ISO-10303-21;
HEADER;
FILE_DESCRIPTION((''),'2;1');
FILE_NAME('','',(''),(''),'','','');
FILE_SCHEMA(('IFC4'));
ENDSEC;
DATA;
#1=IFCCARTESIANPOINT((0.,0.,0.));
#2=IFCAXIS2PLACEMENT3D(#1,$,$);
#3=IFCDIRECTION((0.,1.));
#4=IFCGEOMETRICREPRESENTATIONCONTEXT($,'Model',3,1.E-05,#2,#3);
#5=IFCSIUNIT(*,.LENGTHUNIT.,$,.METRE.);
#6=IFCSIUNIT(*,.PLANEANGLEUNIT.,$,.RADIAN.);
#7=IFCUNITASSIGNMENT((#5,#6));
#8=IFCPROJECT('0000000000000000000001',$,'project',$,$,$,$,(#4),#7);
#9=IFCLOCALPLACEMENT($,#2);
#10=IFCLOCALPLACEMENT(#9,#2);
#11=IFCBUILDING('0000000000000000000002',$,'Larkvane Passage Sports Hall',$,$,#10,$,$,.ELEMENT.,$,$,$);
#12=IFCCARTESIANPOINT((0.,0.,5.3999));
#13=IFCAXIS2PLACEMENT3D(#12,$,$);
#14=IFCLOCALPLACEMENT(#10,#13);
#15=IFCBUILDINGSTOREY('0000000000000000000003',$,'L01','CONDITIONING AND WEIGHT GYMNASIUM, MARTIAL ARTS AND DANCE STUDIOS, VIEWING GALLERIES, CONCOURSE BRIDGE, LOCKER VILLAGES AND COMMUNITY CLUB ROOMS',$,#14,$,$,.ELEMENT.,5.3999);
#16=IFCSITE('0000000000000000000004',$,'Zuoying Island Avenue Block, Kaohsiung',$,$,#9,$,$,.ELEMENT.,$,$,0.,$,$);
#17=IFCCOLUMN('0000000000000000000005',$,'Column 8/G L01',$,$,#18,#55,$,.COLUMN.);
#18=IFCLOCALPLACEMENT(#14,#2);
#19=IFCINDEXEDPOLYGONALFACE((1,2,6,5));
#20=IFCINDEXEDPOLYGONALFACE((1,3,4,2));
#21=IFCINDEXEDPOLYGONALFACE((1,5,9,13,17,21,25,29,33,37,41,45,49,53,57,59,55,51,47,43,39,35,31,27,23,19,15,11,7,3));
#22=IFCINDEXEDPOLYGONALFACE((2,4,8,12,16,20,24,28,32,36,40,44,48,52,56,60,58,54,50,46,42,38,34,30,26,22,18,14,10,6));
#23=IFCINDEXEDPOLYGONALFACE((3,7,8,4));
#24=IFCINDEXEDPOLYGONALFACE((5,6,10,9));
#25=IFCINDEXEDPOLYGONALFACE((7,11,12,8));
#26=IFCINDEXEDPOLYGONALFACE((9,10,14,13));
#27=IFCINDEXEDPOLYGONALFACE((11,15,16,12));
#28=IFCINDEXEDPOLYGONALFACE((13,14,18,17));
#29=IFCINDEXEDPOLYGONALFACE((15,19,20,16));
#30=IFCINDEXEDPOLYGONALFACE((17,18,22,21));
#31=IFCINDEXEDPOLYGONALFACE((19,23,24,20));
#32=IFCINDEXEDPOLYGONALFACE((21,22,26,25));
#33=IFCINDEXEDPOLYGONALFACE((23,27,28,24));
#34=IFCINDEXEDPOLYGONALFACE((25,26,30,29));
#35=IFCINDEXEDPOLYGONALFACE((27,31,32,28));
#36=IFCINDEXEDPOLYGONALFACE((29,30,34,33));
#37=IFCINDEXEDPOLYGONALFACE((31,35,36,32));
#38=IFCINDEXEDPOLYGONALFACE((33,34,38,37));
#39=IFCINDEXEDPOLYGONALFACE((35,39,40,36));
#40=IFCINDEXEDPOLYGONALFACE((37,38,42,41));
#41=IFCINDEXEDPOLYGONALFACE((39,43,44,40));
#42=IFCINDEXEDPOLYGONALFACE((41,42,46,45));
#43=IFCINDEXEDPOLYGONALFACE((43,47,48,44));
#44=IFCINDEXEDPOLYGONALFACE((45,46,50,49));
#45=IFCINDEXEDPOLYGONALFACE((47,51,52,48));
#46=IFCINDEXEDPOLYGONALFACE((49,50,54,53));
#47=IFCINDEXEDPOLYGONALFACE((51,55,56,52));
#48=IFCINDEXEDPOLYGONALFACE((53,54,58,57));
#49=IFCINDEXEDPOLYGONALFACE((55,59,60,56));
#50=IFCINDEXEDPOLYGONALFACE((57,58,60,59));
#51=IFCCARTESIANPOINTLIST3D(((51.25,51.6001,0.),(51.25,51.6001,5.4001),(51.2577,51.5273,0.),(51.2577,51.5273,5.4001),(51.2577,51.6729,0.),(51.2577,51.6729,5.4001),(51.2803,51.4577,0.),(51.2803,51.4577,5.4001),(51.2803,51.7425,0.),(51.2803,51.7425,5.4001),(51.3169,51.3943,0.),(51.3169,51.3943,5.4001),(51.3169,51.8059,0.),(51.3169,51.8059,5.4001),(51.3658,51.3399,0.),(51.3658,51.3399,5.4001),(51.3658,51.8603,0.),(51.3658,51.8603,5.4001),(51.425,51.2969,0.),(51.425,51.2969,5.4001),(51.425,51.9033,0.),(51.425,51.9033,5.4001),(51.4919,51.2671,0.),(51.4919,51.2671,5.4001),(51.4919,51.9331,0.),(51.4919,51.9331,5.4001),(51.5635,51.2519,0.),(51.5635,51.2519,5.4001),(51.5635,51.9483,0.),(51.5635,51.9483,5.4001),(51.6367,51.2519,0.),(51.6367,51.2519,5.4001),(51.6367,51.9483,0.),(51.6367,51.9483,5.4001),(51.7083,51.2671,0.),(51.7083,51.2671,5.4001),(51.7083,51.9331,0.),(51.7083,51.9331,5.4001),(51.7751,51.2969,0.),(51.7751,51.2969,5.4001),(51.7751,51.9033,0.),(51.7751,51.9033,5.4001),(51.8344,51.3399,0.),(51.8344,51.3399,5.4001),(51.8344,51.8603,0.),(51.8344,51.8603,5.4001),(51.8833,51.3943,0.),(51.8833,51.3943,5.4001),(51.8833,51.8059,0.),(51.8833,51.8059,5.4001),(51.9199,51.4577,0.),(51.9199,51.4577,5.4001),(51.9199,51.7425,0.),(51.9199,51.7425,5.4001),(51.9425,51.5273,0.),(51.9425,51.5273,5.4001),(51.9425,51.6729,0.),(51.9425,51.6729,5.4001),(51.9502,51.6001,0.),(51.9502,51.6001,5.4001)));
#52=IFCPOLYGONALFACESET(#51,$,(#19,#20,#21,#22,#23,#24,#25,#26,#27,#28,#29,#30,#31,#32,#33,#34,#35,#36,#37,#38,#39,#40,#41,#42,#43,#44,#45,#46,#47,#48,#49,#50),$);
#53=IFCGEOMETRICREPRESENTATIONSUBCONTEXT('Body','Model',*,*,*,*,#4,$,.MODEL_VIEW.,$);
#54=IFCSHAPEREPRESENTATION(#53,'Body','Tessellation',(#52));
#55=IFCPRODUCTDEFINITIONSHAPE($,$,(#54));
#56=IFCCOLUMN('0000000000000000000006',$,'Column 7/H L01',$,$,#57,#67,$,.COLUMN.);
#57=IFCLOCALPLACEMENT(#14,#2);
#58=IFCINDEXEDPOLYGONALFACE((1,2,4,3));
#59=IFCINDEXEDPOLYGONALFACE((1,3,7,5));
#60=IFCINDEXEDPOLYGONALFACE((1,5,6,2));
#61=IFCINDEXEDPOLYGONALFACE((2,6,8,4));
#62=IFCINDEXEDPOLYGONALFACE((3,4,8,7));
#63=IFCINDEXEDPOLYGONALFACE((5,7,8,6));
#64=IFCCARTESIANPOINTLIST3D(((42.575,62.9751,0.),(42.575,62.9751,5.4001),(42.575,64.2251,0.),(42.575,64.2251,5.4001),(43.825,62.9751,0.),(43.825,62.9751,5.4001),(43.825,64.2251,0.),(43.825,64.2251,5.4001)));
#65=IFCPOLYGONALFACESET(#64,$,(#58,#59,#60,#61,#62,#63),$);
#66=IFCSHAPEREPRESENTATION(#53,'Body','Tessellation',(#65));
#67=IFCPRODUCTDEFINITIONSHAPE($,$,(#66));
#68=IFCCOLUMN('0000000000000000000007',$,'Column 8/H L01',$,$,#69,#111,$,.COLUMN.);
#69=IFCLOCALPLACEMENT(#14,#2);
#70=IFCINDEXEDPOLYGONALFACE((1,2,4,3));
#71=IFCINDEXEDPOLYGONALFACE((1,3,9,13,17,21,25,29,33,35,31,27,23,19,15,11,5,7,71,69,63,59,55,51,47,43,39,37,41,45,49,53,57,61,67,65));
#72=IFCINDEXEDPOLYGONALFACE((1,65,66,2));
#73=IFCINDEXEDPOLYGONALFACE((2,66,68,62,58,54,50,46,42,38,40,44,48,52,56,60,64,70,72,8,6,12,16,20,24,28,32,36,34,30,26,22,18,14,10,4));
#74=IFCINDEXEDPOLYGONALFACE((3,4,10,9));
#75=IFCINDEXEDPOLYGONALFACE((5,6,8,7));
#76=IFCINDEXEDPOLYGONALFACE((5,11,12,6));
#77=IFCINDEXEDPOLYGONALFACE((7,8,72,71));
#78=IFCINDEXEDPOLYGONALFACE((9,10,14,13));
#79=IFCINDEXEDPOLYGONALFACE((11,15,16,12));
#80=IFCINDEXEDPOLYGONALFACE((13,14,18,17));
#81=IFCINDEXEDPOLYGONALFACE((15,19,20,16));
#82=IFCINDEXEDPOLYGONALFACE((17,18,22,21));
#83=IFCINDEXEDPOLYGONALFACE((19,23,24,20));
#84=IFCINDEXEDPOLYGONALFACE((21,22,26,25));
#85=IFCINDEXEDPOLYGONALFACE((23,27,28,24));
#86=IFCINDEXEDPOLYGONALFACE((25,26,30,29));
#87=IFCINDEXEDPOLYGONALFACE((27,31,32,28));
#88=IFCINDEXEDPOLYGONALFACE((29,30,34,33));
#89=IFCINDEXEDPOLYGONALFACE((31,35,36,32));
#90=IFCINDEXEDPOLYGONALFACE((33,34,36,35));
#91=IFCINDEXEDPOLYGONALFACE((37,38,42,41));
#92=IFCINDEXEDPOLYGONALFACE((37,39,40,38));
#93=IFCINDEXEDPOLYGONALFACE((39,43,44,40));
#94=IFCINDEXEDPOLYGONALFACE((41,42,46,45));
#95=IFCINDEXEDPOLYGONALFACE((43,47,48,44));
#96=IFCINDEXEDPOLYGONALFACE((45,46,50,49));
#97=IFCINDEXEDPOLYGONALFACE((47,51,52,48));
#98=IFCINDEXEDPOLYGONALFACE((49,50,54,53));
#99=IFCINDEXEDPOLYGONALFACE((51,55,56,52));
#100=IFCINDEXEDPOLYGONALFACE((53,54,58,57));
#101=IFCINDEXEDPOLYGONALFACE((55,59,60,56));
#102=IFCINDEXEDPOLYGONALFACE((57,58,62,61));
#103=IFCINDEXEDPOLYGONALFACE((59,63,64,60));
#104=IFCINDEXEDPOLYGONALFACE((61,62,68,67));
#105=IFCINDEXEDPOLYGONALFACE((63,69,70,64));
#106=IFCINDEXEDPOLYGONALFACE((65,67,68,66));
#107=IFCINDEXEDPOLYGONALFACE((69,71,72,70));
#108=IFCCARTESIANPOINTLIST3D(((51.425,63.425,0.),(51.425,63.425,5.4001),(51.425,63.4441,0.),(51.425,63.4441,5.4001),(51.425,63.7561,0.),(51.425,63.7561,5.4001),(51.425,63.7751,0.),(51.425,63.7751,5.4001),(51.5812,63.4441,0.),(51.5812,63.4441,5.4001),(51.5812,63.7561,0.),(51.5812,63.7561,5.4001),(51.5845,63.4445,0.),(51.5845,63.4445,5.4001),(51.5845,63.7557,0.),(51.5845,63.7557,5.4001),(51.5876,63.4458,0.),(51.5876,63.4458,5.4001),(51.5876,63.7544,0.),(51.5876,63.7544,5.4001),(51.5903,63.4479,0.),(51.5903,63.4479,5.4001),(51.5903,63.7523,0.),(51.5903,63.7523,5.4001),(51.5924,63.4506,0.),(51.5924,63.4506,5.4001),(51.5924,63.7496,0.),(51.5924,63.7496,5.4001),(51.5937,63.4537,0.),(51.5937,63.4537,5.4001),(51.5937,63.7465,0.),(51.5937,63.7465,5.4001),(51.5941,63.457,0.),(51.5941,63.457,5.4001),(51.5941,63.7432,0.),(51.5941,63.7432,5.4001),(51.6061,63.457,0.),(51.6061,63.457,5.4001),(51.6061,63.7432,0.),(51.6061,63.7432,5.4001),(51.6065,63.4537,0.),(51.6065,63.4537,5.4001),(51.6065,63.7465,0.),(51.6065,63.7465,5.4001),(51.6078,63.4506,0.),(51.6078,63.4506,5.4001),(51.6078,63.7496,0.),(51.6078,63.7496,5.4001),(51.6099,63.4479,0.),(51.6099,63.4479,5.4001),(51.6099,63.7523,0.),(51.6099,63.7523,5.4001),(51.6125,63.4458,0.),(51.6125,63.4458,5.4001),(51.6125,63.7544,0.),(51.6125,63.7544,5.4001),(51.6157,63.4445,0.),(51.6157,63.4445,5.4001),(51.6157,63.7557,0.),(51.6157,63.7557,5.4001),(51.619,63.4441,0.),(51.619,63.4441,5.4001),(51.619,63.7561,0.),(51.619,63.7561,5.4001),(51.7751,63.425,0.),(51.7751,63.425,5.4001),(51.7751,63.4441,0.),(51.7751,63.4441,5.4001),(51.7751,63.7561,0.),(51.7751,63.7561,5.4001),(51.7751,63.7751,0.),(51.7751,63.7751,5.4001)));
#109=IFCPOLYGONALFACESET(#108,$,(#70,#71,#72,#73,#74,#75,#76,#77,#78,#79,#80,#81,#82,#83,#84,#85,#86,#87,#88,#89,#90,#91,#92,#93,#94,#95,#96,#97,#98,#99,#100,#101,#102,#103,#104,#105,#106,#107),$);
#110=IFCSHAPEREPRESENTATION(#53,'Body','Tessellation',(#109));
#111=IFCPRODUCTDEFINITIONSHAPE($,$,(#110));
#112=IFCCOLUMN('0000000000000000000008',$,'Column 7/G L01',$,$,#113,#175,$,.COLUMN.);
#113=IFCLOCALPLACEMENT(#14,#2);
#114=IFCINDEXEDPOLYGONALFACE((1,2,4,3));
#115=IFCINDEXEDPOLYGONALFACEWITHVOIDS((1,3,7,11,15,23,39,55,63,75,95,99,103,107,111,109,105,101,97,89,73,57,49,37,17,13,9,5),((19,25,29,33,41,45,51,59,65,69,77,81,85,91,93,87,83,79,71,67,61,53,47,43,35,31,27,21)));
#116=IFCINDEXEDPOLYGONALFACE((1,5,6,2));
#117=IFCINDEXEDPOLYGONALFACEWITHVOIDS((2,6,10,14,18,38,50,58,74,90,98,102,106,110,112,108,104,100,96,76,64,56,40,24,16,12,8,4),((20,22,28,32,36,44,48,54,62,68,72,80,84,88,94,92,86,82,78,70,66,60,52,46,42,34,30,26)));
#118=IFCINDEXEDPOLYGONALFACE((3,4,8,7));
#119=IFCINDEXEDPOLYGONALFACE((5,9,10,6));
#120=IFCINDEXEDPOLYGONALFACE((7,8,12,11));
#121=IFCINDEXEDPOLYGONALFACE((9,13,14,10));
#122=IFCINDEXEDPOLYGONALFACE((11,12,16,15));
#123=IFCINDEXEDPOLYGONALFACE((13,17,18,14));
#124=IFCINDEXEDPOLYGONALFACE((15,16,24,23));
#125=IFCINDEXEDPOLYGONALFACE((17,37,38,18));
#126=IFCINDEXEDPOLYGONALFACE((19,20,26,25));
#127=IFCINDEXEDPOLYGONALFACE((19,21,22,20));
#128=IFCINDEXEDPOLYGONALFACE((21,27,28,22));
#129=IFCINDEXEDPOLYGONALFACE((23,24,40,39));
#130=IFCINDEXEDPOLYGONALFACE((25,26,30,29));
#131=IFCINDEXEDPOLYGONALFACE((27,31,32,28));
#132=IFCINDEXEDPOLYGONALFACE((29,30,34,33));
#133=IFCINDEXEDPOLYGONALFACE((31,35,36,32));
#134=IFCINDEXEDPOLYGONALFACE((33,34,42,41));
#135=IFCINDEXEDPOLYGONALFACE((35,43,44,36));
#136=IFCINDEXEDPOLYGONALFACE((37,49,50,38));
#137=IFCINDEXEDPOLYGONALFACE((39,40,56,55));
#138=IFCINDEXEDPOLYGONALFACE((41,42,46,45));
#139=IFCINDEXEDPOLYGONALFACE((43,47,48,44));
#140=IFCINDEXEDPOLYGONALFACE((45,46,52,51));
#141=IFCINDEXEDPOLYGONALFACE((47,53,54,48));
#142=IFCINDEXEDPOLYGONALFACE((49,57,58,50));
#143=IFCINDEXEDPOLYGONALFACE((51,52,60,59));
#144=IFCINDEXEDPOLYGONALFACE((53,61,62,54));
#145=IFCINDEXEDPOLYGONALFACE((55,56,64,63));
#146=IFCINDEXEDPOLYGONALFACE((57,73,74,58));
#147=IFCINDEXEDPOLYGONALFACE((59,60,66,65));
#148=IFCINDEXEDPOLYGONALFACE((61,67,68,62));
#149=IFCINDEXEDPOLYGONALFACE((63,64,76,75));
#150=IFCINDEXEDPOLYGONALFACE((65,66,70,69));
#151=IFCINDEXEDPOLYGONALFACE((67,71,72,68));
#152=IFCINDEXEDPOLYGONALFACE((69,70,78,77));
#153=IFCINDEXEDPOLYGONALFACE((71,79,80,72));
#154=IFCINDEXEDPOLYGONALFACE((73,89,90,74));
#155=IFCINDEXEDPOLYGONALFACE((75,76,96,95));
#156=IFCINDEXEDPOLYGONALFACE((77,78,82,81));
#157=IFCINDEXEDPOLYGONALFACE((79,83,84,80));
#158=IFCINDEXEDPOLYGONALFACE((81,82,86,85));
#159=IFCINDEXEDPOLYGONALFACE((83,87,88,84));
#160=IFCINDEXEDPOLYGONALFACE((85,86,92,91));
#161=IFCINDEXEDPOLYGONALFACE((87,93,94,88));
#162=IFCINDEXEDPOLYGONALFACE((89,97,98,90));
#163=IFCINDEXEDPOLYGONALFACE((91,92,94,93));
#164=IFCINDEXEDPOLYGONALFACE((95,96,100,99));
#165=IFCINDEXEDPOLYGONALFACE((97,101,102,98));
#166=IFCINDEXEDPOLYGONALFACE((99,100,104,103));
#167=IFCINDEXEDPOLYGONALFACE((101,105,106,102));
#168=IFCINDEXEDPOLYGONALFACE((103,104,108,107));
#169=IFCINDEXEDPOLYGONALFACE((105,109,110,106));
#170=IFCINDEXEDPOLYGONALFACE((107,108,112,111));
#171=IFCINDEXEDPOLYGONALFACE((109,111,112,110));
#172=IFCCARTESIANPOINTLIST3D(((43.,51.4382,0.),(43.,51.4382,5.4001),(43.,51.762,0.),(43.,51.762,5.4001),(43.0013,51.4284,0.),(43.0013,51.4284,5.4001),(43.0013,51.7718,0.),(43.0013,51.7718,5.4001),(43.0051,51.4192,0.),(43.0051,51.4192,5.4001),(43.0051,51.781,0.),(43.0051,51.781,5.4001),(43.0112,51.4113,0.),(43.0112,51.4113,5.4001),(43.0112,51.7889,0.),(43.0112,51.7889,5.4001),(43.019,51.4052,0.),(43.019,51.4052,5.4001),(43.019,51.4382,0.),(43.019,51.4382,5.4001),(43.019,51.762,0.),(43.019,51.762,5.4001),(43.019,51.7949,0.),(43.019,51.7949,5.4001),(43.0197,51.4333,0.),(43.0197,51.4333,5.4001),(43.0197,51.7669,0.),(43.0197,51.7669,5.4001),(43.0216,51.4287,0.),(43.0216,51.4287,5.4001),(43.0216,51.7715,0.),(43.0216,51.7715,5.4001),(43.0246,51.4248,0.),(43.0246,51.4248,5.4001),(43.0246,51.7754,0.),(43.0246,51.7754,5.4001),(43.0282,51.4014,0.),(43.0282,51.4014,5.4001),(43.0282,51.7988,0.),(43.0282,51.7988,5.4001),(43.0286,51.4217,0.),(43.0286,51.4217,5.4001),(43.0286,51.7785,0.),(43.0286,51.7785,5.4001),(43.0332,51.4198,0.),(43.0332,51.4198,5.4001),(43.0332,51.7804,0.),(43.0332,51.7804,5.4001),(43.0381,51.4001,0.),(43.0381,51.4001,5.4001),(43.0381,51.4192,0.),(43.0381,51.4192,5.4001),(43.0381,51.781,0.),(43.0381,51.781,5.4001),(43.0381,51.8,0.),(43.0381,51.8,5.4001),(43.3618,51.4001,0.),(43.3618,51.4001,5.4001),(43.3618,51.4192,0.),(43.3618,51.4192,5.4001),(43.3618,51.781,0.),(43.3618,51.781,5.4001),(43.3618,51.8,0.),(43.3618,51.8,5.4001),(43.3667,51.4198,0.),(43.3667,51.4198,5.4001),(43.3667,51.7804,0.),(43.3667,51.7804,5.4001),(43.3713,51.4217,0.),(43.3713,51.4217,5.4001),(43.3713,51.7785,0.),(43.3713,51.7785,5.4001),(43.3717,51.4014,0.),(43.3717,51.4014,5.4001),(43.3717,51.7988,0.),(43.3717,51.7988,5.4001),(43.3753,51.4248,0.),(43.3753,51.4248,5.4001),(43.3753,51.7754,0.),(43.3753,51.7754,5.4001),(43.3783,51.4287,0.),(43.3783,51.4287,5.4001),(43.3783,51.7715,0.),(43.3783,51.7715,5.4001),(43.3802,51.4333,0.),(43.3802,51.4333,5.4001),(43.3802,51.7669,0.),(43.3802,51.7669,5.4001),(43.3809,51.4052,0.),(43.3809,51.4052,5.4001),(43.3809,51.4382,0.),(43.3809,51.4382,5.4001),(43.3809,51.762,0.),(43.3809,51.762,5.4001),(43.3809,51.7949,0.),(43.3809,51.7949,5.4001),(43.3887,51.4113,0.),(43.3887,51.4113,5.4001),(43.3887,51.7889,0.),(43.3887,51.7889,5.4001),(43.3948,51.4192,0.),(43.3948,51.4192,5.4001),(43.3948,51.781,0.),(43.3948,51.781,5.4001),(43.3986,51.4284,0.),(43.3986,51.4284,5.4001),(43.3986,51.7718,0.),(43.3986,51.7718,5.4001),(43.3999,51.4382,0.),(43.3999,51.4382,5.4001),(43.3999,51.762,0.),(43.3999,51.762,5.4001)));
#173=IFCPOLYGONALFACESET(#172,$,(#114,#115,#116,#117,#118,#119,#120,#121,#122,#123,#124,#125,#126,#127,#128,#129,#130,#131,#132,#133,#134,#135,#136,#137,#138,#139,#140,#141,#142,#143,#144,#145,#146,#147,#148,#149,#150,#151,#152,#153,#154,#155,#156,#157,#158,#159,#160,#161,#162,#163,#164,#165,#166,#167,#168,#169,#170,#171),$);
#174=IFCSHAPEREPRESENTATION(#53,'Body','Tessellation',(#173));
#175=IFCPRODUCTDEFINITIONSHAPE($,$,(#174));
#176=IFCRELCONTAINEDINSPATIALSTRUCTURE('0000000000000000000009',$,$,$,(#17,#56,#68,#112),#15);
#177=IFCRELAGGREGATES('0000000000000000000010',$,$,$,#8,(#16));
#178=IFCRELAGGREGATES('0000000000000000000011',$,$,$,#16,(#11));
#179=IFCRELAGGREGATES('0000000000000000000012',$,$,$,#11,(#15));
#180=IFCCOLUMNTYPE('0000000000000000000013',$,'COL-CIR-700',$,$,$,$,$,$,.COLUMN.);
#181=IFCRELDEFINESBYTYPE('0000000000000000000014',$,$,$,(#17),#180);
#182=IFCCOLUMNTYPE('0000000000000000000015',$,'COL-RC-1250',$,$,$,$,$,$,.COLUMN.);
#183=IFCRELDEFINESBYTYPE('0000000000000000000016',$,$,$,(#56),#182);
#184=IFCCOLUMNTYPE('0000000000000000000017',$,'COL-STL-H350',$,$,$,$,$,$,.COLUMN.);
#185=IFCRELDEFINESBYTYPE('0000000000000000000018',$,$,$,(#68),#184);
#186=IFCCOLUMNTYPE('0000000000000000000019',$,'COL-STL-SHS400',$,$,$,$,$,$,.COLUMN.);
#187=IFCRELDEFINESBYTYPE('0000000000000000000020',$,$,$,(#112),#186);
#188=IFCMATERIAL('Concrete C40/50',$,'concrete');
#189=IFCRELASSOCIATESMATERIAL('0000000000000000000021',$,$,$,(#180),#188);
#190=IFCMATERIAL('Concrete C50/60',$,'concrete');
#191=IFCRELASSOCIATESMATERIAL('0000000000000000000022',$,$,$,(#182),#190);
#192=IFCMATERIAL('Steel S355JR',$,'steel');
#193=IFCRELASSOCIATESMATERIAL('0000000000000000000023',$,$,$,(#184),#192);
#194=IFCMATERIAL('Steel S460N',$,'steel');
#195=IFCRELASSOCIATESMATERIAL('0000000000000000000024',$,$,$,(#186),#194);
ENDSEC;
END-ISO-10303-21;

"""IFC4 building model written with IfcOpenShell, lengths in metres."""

from ifc_helpers import new_model, si_unit, direction, frame, origin, origin_2d, place, context, subcontext, project, spatial, rectangle, hollow_rectangle, circle, i_section, extrude, material, material_profile, profile_set, type_object, element, save


model = new_model("IFC4")

# Units and contexts
model_context = context("Model", 3, precision=1e-05, world=origin(), true_north=direction((0.0, 1.0)))
body_context = subcontext(model_context, "Body", "Model", "MODEL_VIEW")
ifc_project = project(units=[si_unit("LENGTHUNIT", "METRE"), si_unit("PLANEANGLEUNIT", "RADIAN")], contexts=[model_context])

# Site, building, storey
site_placement = place(None, origin())
site = spatial("IfcSite", under=ifc_project, at=site_placement, Name="Zuoying Island Avenue Block, Kaohsiung", CompositionType="ELEMENT", RefElevation=0.0)
building_placement = place(site_placement, origin())
building = spatial("IfcBuilding", under=site, at=building_placement, Name="Larkvane Passage Sports Hall", CompositionType="ELEMENT")
storey_placement = place(building_placement, frame((0.0, 0.0, 5.3999)))
storey = spatial("IfcBuildingStorey", under=building, at=storey_placement, Name="L01", Description="CONDITIONING AND WEIGHT GYMNASIUM, MARTIAL ARTS AND DANCE STUDIOS, VIEWING GALLERIES, CONCOURSE BRIDGE, LOCKER VILLAGES AND COMMUNITY CLUB ROOMS", CompositionType="ELEMENT", Elevation=5.3999)

# Columns
ifc_material_1 = material(Name="Concrete C40/50", Category="concrete")
ifc_material_profile_1 = material_profile(ifc_material_1, circle(Radius=0.3501, at=origin_2d()), Name="RC-CIR-700")
ifc_profile_set_1 = profile_set([ifc_material_profile_1], Name="Concrete C40/50")
column_type_1 = type_object("IfcColumnType", Name="COL-CIR-700", PredefinedType="COLUMN", material=ifc_profile_set_1)
column_1_placement = place(storey_placement, frame((51.6001, 51.6001, 0.0), z_axis=(0.0, 0.0, 1.0), x_axis=(1.0, 0.0, 0.0)))
element("IfcColumn", 1, at=column_1_placement, inside=storey, type_object=column_type_1, Name="Column 8/G L01", PredefinedType="COLUMN", context=body_context, shape_type="SweptSolid", body=[
    extrude(circle(Radius=0.3501, at=origin_2d()), origin(), (0.0, 0.0, 1.0), 5.4001),
])
ifc_material_2 = material(Name="Concrete C50/60", Category="concrete")
ifc_material_profile_2 = material_profile(ifc_material_2, rectangle(XDim=1.25, YDim=1.25, at=origin_2d()), Name="RC-COL-1250x1250")
ifc_profile_set_2 = profile_set([ifc_material_profile_2], Name="Concrete C50/60")
column_type_2 = type_object("IfcColumnType", Name="COL-RC-1250", PredefinedType="COLUMN", material=ifc_profile_set_2)
column_2_placement = place(storey_placement, frame((43.2, 63.6001, 0.0), z_axis=(0.0, 0.0, 1.0), x_axis=(1.0, 0.0, 0.0)))
element("IfcColumn", 2, at=column_2_placement, inside=storey, type_object=column_type_2, Name="Column 7/H L01", PredefinedType="COLUMN", context=body_context, shape_type="SweptSolid", body=[
    extrude(rectangle(XDim=1.25, YDim=1.25, at=origin_2d()), origin(), (0.0, 0.0, 1.0), 5.4001),
])
ifc_material_3 = material(Name="Steel S355JR", Category="steel")
ifc_material_profile_3 = material_profile(ifc_material_3, i_section(OverallWidth=0.3501, OverallDepth=0.3501, WebThickness=0.012, FlangeThickness=0.019, FilletRadius=0.0129, at=origin_2d()), Name="H-350x350x12x19")
ifc_profile_set_3 = profile_set([ifc_material_profile_3], Name="Steel S355JR")
column_type_3 = type_object("IfcColumnType", Name="COL-STL-H350", PredefinedType="COLUMN", material=ifc_profile_set_3)
column_3_placement = place(storey_placement, frame((51.6001, 63.6001, 0.0), z_axis=(0.0, 0.0, 1.0), x_axis=(1.0, 0.0, 0.0)))
element("IfcColumn", 3, at=column_3_placement, inside=storey, type_object=column_type_3, Name="Column 8/H L01", PredefinedType="COLUMN", context=body_context, shape_type="SweptSolid", body=[
    extrude(i_section(OverallWidth=0.3501, OverallDepth=0.3501, WebThickness=0.012, FlangeThickness=0.019, FilletRadius=0.0129, at=origin_2d()), origin(), (0.0, 0.0, 1.0), 5.4001),
])
ifc_material_4 = material(Name="Steel S460N", Category="steel")
ifc_material_profile_4 = material_profile(ifc_material_4, hollow_rectangle(XDim=0.3999, YDim=0.3999, WallThickness=0.019, InnerFilletRadius=0.019, OuterFilletRadius=0.0381, at=origin_2d()), Name="SHS-400x400x19")
ifc_profile_set_4 = profile_set([ifc_material_profile_4], Name="Steel S460N")
column_type_4 = type_object("IfcColumnType", Name="COL-STL-SHS400", PredefinedType="COLUMN", material=ifc_profile_set_4)
column_4_placement = place(storey_placement, frame((43.2, 51.6001, 0.0), z_axis=(0.0, 0.0, 1.0), x_axis=(1.0, 0.0, 0.0)))
element("IfcColumn", 4, at=column_4_placement, inside=storey, type_object=column_type_4, Name="Column 7/G L01", PredefinedType="COLUMN", context=body_context, shape_type="SweptSolid", body=[
    extrude(hollow_rectangle(XDim=0.3999, YDim=0.3999, WallThickness=0.019, InnerFilletRadius=0.019, OuterFilletRadius=0.0381, at=origin_2d()), origin(), (0.0, 0.0, 1.0), 5.4001),
])

save(model, "model.ifc")
